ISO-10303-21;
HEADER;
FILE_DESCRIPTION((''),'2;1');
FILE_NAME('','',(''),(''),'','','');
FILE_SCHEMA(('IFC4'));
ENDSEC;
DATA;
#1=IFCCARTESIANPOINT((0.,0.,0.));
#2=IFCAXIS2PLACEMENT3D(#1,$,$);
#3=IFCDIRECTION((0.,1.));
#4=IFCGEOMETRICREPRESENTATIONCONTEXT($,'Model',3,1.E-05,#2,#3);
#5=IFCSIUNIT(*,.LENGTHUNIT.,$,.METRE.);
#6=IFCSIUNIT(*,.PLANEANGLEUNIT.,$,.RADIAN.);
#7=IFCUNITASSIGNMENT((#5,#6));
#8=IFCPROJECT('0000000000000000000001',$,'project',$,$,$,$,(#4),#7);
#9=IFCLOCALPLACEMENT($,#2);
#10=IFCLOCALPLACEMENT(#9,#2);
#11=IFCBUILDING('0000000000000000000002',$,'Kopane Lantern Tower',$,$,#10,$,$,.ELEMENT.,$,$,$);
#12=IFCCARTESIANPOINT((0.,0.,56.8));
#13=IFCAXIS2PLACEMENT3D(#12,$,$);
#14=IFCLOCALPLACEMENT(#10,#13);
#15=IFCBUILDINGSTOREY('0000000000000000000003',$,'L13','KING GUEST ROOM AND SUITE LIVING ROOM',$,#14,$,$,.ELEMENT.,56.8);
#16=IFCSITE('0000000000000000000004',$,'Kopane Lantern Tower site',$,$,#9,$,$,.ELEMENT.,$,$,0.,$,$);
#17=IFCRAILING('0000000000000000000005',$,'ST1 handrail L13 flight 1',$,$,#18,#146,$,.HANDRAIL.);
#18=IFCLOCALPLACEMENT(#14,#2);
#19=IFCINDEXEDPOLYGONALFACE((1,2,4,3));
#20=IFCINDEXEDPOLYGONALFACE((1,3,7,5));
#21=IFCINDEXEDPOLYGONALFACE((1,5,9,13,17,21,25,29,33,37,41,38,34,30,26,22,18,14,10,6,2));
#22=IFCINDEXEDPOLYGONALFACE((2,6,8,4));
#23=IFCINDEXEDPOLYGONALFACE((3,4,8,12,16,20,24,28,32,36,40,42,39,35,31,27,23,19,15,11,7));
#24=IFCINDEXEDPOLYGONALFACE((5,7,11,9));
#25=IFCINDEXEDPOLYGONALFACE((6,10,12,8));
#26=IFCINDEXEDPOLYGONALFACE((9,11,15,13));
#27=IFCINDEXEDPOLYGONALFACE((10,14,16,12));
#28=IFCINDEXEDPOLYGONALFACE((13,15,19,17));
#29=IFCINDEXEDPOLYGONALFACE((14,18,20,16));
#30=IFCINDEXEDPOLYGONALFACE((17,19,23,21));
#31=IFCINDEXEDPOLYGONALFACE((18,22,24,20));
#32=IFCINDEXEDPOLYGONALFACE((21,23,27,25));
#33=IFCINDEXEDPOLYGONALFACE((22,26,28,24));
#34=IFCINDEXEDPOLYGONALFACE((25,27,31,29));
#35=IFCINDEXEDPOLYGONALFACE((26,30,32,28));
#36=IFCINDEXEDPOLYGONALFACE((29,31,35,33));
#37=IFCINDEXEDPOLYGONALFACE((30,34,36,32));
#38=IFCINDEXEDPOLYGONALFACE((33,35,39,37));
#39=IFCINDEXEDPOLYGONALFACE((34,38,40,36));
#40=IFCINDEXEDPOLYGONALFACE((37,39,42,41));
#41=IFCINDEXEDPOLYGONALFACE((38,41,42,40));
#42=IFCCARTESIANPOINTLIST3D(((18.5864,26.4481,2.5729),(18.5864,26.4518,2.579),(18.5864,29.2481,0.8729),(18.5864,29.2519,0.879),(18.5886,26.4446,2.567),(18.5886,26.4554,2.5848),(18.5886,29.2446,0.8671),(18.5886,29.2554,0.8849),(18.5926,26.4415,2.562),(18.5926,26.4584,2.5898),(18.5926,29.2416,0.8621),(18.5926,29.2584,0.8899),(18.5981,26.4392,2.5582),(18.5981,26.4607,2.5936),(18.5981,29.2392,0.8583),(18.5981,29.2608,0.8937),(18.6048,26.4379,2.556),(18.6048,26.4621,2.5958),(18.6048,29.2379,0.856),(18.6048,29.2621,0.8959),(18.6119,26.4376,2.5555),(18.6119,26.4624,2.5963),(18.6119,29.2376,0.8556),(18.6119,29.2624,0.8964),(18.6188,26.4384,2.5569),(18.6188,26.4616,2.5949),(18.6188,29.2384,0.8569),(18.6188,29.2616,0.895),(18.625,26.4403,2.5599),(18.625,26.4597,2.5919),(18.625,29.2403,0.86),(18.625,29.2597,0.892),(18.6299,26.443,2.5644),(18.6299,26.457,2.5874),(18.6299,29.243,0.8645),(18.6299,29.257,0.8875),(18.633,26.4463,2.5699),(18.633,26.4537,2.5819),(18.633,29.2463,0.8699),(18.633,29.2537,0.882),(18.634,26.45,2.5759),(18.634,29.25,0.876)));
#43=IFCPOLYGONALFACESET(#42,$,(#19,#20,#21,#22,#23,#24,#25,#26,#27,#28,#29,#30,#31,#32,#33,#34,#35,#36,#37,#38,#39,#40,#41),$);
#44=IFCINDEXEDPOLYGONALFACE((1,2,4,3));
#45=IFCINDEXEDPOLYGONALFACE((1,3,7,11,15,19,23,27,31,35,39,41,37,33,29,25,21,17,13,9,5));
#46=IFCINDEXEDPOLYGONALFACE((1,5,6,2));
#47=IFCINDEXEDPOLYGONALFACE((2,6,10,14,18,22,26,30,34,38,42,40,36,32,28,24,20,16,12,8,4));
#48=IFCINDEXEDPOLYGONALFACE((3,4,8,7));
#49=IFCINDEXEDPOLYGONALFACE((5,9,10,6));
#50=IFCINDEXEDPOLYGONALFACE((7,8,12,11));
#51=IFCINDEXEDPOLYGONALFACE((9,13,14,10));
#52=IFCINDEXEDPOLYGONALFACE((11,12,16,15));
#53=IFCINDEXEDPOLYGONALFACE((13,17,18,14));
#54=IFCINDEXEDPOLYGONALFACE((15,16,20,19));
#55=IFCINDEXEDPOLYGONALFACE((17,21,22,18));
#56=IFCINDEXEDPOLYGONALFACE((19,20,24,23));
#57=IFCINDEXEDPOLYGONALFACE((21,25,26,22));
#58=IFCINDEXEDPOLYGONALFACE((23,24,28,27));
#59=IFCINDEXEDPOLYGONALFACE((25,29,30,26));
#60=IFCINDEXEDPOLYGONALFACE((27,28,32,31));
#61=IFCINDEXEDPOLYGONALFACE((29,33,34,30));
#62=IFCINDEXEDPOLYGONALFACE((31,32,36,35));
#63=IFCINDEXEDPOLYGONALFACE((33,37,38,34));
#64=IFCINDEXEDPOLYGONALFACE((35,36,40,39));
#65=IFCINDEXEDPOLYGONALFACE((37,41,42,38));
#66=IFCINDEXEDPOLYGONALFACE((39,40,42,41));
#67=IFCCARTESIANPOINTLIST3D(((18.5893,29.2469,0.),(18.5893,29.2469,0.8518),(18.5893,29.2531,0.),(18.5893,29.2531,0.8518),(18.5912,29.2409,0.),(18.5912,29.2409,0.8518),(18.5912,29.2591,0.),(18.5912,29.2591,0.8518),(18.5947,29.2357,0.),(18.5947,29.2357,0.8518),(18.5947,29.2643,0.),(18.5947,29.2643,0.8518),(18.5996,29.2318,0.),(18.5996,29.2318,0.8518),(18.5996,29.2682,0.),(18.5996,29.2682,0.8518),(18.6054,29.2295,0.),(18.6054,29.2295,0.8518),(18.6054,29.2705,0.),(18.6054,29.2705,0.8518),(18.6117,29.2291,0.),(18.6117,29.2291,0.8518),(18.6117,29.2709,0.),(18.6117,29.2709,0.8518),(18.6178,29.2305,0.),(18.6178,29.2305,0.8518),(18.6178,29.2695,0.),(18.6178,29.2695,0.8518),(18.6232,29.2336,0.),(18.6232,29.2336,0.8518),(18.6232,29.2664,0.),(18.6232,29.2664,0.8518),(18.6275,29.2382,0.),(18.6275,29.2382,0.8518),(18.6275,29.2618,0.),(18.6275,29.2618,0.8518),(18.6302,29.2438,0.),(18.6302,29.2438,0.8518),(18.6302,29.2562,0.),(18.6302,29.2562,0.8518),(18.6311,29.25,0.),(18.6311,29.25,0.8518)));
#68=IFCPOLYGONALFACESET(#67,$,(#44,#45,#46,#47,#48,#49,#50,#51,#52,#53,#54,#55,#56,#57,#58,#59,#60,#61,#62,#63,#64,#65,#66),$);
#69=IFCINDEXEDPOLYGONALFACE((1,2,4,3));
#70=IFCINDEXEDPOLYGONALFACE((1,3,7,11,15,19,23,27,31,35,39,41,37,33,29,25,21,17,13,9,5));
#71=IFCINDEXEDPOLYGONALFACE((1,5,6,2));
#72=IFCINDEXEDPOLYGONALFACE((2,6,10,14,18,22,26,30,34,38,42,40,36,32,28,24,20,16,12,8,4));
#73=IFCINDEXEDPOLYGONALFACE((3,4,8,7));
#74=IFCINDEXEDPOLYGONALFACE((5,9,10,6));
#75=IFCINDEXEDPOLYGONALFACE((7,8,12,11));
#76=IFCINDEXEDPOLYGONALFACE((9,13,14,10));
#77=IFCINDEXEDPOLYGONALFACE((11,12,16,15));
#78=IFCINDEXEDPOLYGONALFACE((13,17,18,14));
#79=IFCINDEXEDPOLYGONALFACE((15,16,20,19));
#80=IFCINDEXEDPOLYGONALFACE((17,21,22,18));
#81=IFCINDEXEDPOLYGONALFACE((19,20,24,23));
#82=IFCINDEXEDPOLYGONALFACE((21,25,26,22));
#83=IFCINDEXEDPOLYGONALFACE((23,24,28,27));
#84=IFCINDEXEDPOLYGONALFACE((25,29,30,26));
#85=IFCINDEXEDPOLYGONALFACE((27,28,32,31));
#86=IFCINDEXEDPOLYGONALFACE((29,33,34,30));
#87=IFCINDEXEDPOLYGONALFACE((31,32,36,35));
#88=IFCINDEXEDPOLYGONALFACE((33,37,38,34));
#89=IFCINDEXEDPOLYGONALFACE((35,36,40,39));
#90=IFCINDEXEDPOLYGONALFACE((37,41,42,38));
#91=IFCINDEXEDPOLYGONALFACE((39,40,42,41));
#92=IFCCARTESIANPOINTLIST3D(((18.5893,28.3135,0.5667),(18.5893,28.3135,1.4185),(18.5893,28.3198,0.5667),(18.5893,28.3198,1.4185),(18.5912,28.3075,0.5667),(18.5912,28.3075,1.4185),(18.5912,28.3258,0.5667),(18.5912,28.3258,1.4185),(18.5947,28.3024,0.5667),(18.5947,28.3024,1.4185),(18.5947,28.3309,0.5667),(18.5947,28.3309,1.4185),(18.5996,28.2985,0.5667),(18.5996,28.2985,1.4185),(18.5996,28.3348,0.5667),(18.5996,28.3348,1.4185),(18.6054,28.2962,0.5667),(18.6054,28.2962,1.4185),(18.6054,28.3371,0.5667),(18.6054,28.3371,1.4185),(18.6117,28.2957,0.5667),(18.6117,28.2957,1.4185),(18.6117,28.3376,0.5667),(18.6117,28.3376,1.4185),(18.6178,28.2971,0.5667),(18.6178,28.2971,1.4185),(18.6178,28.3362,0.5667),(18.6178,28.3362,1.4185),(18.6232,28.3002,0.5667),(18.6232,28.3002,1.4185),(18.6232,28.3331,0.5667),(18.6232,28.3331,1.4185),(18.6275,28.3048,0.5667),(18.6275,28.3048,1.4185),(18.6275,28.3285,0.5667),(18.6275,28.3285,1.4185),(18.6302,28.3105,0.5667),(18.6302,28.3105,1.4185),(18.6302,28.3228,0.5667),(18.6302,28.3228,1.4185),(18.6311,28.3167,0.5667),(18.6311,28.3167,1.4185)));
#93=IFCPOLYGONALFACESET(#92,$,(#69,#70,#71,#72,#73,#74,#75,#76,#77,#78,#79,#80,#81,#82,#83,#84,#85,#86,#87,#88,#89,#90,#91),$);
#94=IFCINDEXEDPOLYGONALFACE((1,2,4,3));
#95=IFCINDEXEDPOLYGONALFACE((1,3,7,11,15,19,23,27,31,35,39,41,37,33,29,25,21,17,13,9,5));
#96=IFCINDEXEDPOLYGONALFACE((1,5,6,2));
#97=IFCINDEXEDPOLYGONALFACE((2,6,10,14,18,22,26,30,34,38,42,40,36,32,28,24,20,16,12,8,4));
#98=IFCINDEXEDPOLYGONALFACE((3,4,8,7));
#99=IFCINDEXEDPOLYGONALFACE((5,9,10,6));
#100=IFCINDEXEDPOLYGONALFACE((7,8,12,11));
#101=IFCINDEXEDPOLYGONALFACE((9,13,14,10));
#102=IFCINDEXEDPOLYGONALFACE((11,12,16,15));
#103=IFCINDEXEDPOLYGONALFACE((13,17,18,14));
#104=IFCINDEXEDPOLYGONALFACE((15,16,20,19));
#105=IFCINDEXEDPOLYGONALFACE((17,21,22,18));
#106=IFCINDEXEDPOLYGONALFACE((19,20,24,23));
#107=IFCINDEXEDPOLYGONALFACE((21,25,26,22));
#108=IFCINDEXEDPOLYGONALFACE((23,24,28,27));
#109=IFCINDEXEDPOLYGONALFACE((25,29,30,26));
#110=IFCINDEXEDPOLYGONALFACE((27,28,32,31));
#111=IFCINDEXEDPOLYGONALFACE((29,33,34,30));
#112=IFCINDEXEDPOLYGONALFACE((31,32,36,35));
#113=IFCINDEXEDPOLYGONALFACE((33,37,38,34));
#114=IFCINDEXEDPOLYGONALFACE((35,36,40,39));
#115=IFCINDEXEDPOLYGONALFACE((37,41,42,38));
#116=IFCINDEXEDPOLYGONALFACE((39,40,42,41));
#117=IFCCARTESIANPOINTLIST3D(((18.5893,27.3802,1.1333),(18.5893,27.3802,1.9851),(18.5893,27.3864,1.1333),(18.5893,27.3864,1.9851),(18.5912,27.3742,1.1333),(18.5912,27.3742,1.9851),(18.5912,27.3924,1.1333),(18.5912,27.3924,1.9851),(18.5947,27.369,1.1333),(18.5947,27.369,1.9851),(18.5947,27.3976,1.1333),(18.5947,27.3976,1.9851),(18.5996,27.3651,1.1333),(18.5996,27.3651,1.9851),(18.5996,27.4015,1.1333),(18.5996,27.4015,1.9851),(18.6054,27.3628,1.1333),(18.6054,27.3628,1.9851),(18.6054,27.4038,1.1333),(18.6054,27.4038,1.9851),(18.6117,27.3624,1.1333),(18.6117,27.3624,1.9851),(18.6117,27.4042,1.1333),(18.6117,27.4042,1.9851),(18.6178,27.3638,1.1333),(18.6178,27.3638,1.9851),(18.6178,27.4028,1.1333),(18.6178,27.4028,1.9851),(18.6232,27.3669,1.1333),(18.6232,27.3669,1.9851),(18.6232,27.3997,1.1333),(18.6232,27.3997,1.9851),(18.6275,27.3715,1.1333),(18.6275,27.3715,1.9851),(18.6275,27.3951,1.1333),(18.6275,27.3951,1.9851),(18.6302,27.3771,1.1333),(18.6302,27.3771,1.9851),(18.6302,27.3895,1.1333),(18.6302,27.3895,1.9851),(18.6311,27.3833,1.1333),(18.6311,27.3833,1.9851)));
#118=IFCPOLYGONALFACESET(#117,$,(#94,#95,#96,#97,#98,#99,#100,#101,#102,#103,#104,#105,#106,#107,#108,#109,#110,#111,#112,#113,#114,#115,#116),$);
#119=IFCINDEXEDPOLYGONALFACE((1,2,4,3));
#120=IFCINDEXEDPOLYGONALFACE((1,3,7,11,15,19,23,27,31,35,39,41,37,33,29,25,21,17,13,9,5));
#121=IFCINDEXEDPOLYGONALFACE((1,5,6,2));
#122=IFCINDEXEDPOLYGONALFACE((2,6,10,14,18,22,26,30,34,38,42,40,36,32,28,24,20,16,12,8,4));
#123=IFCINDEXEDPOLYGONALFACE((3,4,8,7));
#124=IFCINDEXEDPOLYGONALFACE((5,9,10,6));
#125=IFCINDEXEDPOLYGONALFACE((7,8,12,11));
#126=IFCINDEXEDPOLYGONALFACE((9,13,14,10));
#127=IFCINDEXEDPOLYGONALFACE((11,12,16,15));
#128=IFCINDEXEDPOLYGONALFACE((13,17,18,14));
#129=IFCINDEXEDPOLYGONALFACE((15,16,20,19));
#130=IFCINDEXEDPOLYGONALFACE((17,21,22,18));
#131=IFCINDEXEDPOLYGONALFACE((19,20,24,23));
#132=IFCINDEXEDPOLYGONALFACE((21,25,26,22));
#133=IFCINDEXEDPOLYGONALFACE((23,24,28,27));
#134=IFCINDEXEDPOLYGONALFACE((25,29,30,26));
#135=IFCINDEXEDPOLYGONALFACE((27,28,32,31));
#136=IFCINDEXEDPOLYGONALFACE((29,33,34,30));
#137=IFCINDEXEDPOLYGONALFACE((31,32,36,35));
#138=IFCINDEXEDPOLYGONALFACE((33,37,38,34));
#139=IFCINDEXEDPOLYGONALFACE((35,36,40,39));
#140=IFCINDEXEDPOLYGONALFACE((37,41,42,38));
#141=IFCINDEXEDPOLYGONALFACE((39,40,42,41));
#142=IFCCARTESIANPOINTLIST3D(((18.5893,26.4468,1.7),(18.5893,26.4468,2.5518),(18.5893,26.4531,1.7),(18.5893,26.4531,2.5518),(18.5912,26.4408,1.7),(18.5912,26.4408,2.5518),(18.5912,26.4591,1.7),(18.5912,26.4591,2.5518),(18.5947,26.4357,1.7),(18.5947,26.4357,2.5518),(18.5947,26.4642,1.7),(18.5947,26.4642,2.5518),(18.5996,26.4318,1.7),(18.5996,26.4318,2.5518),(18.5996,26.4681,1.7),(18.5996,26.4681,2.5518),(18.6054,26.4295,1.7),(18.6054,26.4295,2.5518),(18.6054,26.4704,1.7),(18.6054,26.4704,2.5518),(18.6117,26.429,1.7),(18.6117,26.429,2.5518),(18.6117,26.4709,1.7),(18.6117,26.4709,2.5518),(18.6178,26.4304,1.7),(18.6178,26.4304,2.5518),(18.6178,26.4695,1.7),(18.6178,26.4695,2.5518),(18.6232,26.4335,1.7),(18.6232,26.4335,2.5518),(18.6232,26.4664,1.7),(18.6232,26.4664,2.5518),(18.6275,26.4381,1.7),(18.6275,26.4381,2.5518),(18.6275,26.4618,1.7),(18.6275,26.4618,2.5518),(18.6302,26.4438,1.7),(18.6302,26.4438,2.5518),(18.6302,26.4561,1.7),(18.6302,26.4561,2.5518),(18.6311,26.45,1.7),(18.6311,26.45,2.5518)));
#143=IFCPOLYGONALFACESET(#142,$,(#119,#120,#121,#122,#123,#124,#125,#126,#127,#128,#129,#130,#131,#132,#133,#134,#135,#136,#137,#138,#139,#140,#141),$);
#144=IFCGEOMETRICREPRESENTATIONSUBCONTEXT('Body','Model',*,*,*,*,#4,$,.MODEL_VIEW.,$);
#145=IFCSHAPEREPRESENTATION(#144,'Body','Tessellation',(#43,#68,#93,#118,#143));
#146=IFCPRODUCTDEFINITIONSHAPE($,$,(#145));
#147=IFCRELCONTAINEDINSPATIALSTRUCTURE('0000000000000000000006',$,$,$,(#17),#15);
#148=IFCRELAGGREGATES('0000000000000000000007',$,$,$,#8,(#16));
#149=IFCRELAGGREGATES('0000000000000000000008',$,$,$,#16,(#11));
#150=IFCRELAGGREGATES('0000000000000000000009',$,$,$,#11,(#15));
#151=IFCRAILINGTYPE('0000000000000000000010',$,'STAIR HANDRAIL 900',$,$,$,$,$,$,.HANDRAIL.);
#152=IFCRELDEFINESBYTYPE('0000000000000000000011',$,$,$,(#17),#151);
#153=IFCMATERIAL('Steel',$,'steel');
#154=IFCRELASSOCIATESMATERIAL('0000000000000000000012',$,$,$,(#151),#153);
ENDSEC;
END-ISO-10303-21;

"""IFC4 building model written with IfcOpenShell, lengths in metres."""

from ifc_helpers import new_model, si_unit, direction, frame, origin, origin_2d, place, context, subcontext, project, spatial, circle, extrude, material, type_object, element, save


model = new_model("IFC4")

# Units and contexts
model_context = context("Model", 3, precision=1e-05, world=origin(), true_north=direction((0.0, 1.0)))
body_context = subcontext(model_context, "Body", "Model", "MODEL_VIEW")
ifc_project = project(units=[si_unit("LENGTHUNIT", "METRE"), si_unit("PLANEANGLEUNIT", "RADIAN")], contexts=[model_context])

# Site, building, storey
site_placement = place(None, origin())
site = spatial("IfcSite", under=ifc_project, at=site_placement, Name="Kopane Lantern Tower site", CompositionType="ELEMENT", RefElevation=0.0)
building_placement = place(site_placement, origin())
building = spatial("IfcBuilding", under=site, at=building_placement, Name="Kopane Lantern Tower", CompositionType="ELEMENT")
storey_placement = place(building_placement, frame((0.0, 0.0, 56.8)))
storey = spatial("IfcBuildingStorey", under=building, at=storey_placement, Name="L13", Description="KING GUEST ROOM AND SUITE LIVING ROOM", CompositionType="ELEMENT", Elevation=56.8)

# Railing
ifc_material_1 = material(Name="Steel", Category="steel")
railing_type_1 = type_object("IfcRailingType", Name="STAIR HANDRAIL 900", PredefinedType="HANDRAIL", material=ifc_material_1)
for number, where, name in (
    (1, (18.6101, 29.25, 0.0), "ST1 handrail L13 flight 1"),
):
    element("IfcRailing", number, at=place(storey_placement, frame(where)), inside=storey, type_object=railing_type_1, Name=name, PredefinedType="HANDRAIL", context=body_context, shape_type="SweptSolid", body=[
        extrude(circle(Radius=0.0239, at=origin_2d()), frame((0.0, 0.0, 0.876), z_axis=(0.0, -0.854798, 0.518961), x_axis=(1.0, 0.0, 0.0)), (0.0, 0.0, 1.0), 3.2756),
        extrude(circle(Radius=0.021, at=origin_2d()), origin(), (0.0, 0.0, 1.0), 0.8518),
        extrude(circle(Radius=0.021, at=origin_2d()), frame((0.0, -0.9333, 0.5667)), (0.0, 0.0, 1.0), 0.8518),
        extrude(circle(Radius=0.021, at=origin_2d()), frame((0.0, -1.8667, 1.1333)), (0.0, 0.0, 1.0), 0.8518),
        extrude(circle(Radius=0.021, at=origin_2d()), frame((0.0, -2.8, 1.7)), (0.0, 0.0, 1.0), 0.8518),
    ])

save(model, "model.ifc")
